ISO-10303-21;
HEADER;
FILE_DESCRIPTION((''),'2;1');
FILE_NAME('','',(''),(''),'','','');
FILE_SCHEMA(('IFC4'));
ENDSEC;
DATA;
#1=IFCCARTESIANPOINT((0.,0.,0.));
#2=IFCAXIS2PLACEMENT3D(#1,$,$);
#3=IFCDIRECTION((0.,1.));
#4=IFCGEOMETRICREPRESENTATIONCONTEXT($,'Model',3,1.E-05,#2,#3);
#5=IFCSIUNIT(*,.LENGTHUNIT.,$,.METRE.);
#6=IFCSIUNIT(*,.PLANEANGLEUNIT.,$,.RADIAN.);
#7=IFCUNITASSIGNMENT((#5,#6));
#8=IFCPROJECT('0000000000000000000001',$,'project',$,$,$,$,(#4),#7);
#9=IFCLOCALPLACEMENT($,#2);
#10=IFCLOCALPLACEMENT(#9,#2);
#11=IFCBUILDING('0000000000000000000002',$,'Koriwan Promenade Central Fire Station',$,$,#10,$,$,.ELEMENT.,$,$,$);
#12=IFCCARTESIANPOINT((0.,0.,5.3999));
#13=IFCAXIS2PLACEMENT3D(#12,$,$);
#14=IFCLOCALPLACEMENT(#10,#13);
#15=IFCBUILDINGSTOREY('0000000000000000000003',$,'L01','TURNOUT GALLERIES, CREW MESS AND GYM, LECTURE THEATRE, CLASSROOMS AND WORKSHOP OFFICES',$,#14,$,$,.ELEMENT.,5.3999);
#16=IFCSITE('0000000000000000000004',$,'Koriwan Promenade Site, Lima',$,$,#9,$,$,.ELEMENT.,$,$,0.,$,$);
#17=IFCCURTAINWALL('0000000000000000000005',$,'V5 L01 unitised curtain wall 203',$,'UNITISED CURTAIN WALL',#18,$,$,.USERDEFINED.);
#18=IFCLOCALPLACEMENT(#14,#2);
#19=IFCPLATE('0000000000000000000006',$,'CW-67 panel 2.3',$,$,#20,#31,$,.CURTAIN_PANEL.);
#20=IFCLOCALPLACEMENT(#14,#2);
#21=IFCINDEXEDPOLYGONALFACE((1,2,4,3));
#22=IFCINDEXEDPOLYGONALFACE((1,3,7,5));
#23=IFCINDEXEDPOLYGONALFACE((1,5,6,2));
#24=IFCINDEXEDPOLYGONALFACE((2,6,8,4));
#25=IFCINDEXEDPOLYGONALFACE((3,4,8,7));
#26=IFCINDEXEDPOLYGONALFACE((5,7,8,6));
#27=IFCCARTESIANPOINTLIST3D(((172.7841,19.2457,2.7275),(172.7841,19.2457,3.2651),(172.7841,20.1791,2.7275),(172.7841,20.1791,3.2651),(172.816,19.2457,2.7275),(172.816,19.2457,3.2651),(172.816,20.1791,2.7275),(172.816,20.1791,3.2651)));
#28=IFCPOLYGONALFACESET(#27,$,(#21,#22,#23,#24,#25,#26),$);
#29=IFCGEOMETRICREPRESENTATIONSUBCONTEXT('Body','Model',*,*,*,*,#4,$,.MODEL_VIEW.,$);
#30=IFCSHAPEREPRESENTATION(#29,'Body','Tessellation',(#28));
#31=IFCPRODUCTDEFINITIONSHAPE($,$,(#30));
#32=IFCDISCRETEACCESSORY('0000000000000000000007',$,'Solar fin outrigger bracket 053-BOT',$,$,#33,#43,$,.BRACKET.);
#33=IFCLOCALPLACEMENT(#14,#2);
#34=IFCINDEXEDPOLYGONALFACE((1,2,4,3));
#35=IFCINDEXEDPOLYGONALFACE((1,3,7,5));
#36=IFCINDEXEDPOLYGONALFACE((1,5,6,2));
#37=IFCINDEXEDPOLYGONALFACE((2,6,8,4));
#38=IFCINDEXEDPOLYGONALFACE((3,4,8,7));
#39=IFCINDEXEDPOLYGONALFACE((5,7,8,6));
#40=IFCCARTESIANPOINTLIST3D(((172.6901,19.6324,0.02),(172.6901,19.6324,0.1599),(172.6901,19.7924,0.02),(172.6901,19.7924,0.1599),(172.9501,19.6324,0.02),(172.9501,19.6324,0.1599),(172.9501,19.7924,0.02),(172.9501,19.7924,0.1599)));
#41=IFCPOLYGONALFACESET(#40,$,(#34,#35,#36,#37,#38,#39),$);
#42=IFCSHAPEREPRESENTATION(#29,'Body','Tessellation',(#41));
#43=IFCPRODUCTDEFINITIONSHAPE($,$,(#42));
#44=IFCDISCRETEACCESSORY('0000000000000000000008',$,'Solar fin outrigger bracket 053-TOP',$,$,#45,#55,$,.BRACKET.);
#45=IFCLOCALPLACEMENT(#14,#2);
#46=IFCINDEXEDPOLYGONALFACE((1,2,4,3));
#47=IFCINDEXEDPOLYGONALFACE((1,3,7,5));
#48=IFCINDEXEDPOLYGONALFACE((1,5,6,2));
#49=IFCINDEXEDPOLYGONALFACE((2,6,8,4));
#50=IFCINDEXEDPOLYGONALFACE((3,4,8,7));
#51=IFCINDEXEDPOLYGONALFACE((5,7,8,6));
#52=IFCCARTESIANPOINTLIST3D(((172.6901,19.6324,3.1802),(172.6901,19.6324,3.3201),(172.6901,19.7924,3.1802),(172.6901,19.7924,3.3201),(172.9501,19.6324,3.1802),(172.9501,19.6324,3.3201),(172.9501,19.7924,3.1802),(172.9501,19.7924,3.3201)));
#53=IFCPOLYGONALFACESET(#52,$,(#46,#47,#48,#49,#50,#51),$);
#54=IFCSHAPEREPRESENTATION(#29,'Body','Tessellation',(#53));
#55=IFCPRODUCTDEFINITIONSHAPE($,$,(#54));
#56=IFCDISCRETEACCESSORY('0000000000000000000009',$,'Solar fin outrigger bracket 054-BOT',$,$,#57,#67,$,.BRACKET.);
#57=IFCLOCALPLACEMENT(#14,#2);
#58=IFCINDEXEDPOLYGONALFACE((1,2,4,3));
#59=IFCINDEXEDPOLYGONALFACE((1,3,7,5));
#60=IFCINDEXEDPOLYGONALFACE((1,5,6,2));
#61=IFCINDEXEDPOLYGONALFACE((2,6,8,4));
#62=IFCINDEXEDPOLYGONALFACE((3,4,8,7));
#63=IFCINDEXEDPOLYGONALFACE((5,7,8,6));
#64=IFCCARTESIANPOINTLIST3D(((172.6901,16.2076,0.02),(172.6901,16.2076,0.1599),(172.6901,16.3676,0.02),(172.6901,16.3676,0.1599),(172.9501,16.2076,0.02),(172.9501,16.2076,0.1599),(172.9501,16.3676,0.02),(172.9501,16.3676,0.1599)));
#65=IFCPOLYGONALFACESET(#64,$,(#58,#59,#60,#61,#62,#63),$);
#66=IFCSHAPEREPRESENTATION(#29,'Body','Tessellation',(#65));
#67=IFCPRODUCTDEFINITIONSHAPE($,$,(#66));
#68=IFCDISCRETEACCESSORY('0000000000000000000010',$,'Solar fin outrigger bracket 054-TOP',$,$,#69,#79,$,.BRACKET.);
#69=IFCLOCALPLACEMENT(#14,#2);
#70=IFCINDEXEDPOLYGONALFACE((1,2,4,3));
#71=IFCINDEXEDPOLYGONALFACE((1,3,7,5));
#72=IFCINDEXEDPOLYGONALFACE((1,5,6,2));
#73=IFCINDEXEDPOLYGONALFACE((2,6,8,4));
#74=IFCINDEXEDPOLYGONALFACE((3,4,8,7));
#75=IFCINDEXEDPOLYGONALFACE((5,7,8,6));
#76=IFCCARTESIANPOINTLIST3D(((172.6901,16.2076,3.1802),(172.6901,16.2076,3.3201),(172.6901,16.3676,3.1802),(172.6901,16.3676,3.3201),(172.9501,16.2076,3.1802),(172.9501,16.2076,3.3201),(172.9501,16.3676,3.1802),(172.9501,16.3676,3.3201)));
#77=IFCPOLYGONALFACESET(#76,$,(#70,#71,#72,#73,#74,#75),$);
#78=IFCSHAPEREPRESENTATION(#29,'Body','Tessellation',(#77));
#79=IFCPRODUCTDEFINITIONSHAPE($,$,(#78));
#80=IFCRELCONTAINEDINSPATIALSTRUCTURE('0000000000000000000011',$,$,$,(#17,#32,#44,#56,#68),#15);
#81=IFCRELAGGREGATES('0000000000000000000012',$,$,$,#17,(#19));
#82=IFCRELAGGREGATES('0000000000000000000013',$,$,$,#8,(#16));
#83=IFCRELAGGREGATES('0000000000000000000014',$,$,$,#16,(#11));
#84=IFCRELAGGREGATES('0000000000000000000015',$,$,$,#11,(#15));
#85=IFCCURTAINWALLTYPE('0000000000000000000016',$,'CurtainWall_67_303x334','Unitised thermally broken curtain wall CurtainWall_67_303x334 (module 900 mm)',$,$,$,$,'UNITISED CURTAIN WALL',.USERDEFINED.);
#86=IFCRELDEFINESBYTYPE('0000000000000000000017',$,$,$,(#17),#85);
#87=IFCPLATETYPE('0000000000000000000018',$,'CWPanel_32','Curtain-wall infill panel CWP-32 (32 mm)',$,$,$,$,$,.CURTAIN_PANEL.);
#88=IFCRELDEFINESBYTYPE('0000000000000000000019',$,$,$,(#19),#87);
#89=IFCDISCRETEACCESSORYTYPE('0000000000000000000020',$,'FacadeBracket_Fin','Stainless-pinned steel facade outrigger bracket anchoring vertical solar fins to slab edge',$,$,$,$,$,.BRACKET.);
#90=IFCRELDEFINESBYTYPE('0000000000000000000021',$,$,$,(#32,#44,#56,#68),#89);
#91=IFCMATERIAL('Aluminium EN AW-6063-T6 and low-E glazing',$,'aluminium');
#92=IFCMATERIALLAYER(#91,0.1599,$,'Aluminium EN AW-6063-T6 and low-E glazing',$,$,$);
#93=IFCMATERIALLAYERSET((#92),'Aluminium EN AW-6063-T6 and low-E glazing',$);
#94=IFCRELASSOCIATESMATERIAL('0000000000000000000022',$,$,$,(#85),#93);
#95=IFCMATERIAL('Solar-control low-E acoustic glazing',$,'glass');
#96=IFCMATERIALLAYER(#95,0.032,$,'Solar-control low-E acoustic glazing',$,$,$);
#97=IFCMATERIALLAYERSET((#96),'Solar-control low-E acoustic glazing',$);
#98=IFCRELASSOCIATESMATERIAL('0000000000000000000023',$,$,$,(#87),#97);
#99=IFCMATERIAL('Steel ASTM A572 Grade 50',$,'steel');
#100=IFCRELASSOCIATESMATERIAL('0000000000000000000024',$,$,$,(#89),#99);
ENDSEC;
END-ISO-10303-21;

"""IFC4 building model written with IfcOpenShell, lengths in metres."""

from ifc_helpers import new_model, si_unit, direction, frame, origin, origin_2d, place, context, subcontext, project, spatial, rectangle, extrude, material, layer, layer_set, type_object, element, aggregate, save


model = new_model("IFC4")

# Units and contexts
model_context = context("Model", 3, precision=1e-05, world=origin(), true_north=direction((0.0, 1.0)))
body_context = subcontext(model_context, "Body", "Model", "MODEL_VIEW")
ifc_project = project(units=[si_unit("LENGTHUNIT", "METRE"), si_unit("PLANEANGLEUNIT", "RADIAN")], contexts=[model_context])

# Site, building, storey
site_placement = place(None, origin())
site = spatial("IfcSite", under=ifc_project, at=site_placement, Name="Koriwan Promenade Site, Lima", CompositionType="ELEMENT", RefElevation=0.0)
building_placement = place(site_placement, origin())
building = spatial("IfcBuilding", under=site, at=building_placement, Name="Koriwan Promenade Central Fire Station", CompositionType="ELEMENT")
storey_placement = place(building_placement, frame((0.0, 0.0, 5.3999)))
storey = spatial("IfcBuildingStorey", under=building, at=storey_placement, Name="L01", Description="TURNOUT GALLERIES, CREW MESS AND GYM, LECTURE THEATRE, CLASSROOMS AND WORKSHOP OFFICES", CompositionType="ELEMENT", Elevation=5.3999)

# Shared definitions
ifc_material_1 = material(Name="Aluminium EN AW-6063-T6 and low-E glazing", Category="aluminium")

# Curtain wall
ifc_layer_1 = layer(ifc_material_1, 0.1599, Name="Aluminium EN AW-6063-T6 and low-E glazing")
ifc_layer_set_1 = layer_set([ifc_layer_1], Name="Aluminium EN AW-6063-T6 and low-E glazing")
curtain_wall_type_1 = type_object("IfcCurtainWallType", Name="CurtainWall_67_303x334", Description="Unitised thermally broken curtain wall CurtainWall_67_303x334 (module 900 mm)", ElementType="UNITISED CURTAIN WALL", PredefinedType="USERDEFINED", material=ifc_layer_set_1)
curtain_wall_1_placement = place(storey_placement, origin())
curtain_wall_1 = element("IfcCurtainWall", 1, at=curtain_wall_1_placement, inside=storey, type_object=curtain_wall_type_1, Name="V5 L01 unitised curtain wall 203", ObjectType="UNITISED CURTAIN WALL", PredefinedType="USERDEFINED")

# Plate
ifc_material_2 = material(Name="Solar-control low-E acoustic glazing", Category="glass")
ifc_layer_2 = layer(ifc_material_2, 0.032, Name="Solar-control low-E acoustic glazing")
ifc_layer_set_2 = layer_set([ifc_layer_2], Name="Solar-control low-E acoustic glazing")
plate_type = type_object("IfcPlateType", Name="CWPanel_32", Description="Curtain-wall infill panel CWP-32 (32 mm)", PredefinedType="CURTAIN_PANEL", material=ifc_layer_set_2)
plate_1_placement = place(storey_placement, frame((172.8, 19.7124, 2.7275), z_axis=(0.0, 0.0, 1.0), x_axis=(0.0, -1.0, 0.0)))
plate_1 = element("IfcPlate", 2, at=plate_1_placement, type_object=plate_type, Name="CW-67 panel 2.3", PredefinedType="CURTAIN_PANEL", context=body_context, shape_type="SweptSolid", body=[
    extrude(rectangle(XDim=0.9333, YDim=0.032, at=origin_2d()), origin(), (0.0, 0.0, 1.0), 0.5376),
])
aggregate(curtain_wall_1, [plate_1])

# Discrete accessories
ifc_material_3 = material(Name="Steel ASTM A572 Grade 50", Category="steel")
discrete_accessory_type = type_object("IfcDiscreteAccessoryType", Name="FacadeBracket_Fin", Description="Stainless-pinned steel facade outrigger bracket anchoring vertical solar fins to slab edge", PredefinedType="BRACKET", material=ifc_material_3)
for number, where, z_axis, x_axis, name in (
    (3, (172.8201, 19.7124, 0.02), (0.0, 0.0, 1.0), (1.0, 0.0, 0.0), "Solar fin outrigger bracket 053-BOT"),
    (4, (172.8201, 19.7124, 3.1802), (0.0, 0.0, 1.0), (1.0, 0.0, 0.0), "Solar fin outrigger bracket 053-TOP"),
    (5, (172.8201, 16.2876, 0.02), (0.0, 0.0, 1.0), (1.0, 0.0, 0.0), "Solar fin outrigger bracket 054-BOT"),
    (6, (172.8201, 16.2876, 3.1802), (0.0, 0.0, 1.0), (1.0, 0.0, 0.0), "Solar fin outrigger bracket 054-TOP"),
):
    element("IfcDiscreteAccessory", number, at=place(storey_placement, frame(where, z_axis=z_axis, x_axis=x_axis)), inside=storey, type_object=discrete_accessory_type, Name=name, PredefinedType="BRACKET", context=body_context, shape_type="SweptSolid", body=[
        extrude(rectangle(XDim=0.26, YDim=0.1599, at=origin_2d()), origin(), (0.0, 0.0, 1.0), 0.1399),
    ])

save(model, "model.ifc")
